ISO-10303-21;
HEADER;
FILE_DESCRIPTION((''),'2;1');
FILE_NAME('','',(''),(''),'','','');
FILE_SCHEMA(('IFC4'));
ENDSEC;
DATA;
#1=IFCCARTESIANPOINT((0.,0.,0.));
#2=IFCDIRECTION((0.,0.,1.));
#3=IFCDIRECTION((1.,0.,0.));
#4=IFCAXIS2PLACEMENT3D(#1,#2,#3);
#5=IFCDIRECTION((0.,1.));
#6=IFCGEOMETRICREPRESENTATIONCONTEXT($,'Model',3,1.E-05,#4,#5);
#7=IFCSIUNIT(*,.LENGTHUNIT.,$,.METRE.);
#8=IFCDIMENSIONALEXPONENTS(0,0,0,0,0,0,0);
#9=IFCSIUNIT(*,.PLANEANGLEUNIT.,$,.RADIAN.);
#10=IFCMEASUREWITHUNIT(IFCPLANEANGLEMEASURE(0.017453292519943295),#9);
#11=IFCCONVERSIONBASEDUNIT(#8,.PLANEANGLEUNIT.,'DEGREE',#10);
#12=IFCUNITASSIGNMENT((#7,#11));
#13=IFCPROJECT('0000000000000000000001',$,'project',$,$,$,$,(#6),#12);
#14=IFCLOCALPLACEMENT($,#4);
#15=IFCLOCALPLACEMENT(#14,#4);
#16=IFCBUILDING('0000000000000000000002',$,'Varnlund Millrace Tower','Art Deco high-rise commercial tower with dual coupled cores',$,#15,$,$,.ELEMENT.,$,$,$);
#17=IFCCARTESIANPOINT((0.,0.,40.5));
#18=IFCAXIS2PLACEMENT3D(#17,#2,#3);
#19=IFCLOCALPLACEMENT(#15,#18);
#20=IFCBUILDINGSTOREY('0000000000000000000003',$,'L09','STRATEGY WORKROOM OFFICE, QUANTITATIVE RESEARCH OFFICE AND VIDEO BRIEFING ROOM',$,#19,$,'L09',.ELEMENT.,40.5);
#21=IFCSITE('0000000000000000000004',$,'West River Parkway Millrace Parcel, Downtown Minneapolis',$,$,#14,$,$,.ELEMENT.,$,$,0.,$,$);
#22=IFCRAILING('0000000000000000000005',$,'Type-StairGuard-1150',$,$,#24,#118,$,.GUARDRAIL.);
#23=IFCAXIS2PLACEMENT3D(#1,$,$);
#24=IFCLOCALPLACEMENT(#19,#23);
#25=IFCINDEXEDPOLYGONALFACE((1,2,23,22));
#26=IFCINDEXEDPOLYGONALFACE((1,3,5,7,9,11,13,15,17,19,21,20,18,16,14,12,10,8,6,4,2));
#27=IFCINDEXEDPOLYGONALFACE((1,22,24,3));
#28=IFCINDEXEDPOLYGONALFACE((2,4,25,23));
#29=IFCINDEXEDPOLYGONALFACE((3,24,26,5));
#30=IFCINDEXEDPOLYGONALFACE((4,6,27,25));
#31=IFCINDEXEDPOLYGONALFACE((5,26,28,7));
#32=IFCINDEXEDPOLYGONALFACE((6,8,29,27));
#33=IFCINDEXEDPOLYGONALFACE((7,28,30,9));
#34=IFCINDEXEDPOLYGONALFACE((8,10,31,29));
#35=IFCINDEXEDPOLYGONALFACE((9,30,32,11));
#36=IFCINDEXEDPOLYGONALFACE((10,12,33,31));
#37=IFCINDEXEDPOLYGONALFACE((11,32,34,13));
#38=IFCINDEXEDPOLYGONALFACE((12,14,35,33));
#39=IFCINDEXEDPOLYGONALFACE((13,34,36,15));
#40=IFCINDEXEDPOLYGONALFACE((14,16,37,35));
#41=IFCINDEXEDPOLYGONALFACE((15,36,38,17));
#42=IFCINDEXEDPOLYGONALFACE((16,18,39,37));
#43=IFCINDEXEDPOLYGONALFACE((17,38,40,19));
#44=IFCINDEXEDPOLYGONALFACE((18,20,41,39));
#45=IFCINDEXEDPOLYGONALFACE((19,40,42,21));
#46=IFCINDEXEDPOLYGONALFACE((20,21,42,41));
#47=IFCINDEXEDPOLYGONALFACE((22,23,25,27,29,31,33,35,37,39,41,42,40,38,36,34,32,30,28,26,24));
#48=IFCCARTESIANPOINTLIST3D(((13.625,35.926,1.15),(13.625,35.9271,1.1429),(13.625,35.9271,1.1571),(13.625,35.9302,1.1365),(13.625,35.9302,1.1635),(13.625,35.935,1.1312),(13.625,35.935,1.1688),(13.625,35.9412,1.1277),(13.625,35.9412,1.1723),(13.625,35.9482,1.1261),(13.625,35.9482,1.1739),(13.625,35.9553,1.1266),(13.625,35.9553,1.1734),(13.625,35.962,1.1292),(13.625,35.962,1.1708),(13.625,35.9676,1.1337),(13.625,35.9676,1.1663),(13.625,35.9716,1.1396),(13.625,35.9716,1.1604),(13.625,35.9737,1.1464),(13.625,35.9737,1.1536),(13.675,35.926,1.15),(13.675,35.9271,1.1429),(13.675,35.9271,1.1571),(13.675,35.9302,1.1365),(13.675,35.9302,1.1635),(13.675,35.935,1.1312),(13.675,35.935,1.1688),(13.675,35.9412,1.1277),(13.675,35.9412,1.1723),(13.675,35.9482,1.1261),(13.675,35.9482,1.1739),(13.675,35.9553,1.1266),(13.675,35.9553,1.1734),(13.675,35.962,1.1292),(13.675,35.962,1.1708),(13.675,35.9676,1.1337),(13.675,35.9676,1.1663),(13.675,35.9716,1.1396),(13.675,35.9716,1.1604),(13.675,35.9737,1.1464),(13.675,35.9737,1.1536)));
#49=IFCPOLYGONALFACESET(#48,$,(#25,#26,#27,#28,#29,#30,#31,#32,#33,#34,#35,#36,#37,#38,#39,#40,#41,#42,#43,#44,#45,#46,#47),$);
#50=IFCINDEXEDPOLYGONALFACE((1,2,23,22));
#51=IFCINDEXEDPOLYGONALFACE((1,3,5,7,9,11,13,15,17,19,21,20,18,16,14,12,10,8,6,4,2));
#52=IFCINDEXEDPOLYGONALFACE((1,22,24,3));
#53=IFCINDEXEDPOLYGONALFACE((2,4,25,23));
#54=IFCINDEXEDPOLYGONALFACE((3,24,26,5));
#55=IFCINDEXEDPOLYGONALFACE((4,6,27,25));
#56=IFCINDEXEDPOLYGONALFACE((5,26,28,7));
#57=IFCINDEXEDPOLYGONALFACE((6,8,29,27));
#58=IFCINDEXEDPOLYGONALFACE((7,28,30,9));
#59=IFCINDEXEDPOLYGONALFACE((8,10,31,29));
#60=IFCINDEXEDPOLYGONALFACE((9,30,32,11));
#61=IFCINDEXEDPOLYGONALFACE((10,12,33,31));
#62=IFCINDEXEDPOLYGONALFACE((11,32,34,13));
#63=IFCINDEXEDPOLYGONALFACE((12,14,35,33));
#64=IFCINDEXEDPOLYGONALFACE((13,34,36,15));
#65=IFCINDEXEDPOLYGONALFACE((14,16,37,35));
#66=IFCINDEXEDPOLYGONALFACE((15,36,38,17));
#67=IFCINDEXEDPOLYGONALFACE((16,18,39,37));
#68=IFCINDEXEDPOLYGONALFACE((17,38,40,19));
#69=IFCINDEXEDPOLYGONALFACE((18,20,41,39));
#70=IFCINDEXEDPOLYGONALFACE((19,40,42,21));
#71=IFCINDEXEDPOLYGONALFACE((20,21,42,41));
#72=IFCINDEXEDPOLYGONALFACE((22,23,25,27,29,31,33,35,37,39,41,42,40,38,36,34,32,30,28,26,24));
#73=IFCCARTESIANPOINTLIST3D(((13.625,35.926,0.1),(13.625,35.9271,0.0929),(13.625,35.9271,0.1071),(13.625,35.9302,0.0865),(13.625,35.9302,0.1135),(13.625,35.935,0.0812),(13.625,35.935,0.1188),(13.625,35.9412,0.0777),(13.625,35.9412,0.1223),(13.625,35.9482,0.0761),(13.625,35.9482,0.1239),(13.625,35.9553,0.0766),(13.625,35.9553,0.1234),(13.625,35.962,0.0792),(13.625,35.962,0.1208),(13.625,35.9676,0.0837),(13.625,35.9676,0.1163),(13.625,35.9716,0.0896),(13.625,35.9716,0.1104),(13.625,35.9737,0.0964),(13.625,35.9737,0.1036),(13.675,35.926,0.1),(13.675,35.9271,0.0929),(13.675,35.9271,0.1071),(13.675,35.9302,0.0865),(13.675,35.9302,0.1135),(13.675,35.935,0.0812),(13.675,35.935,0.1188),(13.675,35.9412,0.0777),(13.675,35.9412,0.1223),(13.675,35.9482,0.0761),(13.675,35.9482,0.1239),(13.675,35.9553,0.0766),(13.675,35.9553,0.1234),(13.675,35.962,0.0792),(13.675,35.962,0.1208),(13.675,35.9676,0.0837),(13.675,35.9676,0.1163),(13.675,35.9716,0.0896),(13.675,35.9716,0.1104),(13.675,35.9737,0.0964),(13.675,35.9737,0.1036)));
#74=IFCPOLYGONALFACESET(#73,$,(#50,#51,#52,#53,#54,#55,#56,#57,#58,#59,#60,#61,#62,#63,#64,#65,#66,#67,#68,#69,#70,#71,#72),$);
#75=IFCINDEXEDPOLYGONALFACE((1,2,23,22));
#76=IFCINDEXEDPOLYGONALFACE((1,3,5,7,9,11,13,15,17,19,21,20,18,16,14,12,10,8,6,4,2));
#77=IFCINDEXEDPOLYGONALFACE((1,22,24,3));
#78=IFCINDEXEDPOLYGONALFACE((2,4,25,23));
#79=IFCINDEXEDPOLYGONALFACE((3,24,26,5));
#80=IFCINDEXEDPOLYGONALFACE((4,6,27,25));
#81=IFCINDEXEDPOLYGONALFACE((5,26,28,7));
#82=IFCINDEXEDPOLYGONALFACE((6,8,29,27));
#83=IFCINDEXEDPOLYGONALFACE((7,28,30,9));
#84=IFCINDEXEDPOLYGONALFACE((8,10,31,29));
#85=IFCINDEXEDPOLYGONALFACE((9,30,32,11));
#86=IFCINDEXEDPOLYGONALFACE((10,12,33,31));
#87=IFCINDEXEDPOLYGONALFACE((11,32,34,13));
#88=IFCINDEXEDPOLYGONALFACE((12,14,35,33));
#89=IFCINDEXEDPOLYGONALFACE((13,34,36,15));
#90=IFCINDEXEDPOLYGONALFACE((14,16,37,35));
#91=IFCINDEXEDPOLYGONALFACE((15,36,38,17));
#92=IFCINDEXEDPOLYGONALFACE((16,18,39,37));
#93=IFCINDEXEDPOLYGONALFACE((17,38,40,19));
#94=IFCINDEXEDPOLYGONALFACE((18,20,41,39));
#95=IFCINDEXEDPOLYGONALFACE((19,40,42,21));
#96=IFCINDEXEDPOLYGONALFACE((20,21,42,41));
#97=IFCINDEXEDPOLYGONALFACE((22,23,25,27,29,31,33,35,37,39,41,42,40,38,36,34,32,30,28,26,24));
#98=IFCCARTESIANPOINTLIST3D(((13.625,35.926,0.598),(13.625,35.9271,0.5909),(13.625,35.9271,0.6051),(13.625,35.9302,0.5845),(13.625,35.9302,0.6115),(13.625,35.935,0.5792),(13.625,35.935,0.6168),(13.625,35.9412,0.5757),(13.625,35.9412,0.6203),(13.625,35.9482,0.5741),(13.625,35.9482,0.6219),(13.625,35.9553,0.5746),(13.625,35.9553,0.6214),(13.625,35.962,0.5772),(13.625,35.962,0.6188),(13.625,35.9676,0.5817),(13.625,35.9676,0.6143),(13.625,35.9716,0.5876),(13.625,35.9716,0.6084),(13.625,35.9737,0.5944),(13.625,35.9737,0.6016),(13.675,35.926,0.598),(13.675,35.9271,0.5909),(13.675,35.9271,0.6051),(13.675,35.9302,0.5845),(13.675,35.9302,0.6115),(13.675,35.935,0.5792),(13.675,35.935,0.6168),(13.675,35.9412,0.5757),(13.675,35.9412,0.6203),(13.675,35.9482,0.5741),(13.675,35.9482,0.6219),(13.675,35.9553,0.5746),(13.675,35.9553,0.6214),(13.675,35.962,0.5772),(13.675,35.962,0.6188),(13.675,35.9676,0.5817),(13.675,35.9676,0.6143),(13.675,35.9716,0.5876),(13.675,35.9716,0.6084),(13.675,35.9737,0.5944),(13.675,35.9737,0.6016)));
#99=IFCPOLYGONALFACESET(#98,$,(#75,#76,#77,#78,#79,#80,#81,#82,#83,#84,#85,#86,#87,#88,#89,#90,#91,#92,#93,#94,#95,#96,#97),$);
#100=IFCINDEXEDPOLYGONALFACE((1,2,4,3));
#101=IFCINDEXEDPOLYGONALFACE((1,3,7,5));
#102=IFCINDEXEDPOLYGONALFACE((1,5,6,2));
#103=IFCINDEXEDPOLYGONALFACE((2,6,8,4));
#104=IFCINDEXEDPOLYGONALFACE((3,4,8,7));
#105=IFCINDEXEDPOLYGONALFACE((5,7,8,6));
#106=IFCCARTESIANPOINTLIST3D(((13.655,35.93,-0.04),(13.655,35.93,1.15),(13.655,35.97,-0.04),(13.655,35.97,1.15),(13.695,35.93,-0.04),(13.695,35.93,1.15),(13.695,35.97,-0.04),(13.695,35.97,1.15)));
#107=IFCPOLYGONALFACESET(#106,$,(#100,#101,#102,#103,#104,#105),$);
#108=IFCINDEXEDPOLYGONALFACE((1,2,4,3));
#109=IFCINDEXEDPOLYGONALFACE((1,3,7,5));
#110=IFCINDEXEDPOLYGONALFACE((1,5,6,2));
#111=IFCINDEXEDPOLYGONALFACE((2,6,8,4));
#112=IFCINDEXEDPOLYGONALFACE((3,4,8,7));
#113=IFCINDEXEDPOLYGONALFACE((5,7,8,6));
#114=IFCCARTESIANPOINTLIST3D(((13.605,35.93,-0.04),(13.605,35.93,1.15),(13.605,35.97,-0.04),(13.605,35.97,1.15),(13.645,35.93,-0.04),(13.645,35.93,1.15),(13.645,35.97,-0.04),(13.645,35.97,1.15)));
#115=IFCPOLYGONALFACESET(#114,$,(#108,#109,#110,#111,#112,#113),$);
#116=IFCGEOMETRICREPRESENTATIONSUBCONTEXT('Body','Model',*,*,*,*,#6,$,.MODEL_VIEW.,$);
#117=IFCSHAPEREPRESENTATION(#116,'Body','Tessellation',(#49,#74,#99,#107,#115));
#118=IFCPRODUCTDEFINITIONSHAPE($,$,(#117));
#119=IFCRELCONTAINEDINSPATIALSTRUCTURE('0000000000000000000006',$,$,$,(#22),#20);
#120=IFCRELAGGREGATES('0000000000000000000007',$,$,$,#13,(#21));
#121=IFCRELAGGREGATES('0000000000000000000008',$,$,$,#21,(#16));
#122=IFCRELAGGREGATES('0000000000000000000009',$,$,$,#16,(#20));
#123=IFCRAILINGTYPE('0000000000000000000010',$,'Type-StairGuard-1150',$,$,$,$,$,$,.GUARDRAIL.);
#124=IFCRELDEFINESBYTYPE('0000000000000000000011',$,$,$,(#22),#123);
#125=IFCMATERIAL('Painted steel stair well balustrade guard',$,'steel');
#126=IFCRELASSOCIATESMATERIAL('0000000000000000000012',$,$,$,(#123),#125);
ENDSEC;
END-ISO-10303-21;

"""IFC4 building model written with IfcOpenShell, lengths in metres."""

from ifc_helpers import new_model, entity, si_unit, converted_unit, direction, frame, origin_with_axes, origin_2d_with_axis, place, context, subcontext, project, spatial, rectangle, circle, extrude, material, type_object, element, save


model = new_model("IFC4")

# Units and contexts
model_context = context("Model", 3, precision=1e-05, world=origin_with_axes(), true_north=direction((0.0, 1.0)))
body_context = subcontext(model_context, "Body", "Model", "MODEL_VIEW")
ifc_project = project(units=[si_unit("LENGTHUNIT", "METRE"), converted_unit("PLANEANGLEUNIT", "DEGREE", entity("IfcPlaneAngleMeasure", 0.017453292519943295), si_unit("PLANEANGLEUNIT", "RADIAN"), dimensions=[0, 0, 0, 0, 0, 0, 0])], contexts=[model_context])

# Site, building, storey
site_placement = place(None, origin_with_axes())
site = spatial("IfcSite", under=ifc_project, at=site_placement, Name="West River Parkway Millrace Parcel, Downtown Minneapolis", CompositionType="ELEMENT", RefElevation=0.0)
building_placement = place(site_placement, origin_with_axes())
building = spatial("IfcBuilding", under=site, at=building_placement, Name="Varnlund Millrace Tower", Description="Art Deco high-rise commercial tower with dual coupled cores", CompositionType="ELEMENT")
storey_placement = place(building_placement, frame((0.0, 0.0, 40.5), z_axis=(0.0, 0.0, 1.0), x_axis=(1.0, 0.0, 0.0)))
storey = spatial("IfcBuildingStorey", under=building, at=storey_placement, Name="L09", Description="STRATEGY WORKROOM OFFICE, QUANTITATIVE RESEARCH OFFICE AND VIDEO BRIEFING ROOM", LongName="L09", CompositionType="ELEMENT", Elevation=40.5)

# Railing
ifc_material_1 = material(Name="Painted steel stair well balustrade guard", Category="steel")
railing_type_1 = type_object("IfcRailingType", Name="Type-StairGuard-1150", PredefinedType="GUARDRAIL", material=ifc_material_1)
railing_1_placement = place(storey_placement, frame((0.0, 0.0, -40.5), z_axis=(0.0, 0.0, 1.0), x_axis=(1.0, 0.0, 0.0)))
element("IfcRailing", 1, at=railing_1_placement, inside=storey, type_object=railing_type_1, Name="Type-StairGuard-1150", PredefinedType="GUARDRAIL", context=body_context, shape_type="SweptSolid", body=[
    extrude(circle(Radius=0.024, at=origin_2d_with_axis()), frame((13.675, 35.95, 41.65), z_axis=(-1.0, 0.0, 0.0), x_axis=(0.0, -1.0, 0.0)), (0.0, 0.0, 1.0), 0.05),
    extrude(circle(Radius=0.024, at=origin_2d_with_axis()), frame((13.675, 35.95, 40.6), z_axis=(-1.0, 0.0, 0.0), x_axis=(0.0, -1.0, 0.0)), (0.0, 0.0, 1.0), 0.05),
    extrude(circle(Radius=0.024, at=origin_2d_with_axis()), frame((13.675, 35.95, 41.098), z_axis=(-1.0, 0.0, 0.0), x_axis=(0.0, -1.0, 0.0)), (0.0, 0.0, 1.0), 0.05),
    extrude(rectangle(XDim=0.04, YDim=0.04, at=origin_2d_with_axis()), frame((13.675, 35.95, 40.46), z_axis=(0.0, 0.0, 1.0), x_axis=(1.0, 0.0, 0.0)), (0.0, 0.0, 1.0), 1.19),
    extrude(rectangle(XDim=0.04, YDim=0.04, at=origin_2d_with_axis()), frame((13.625, 35.95, 40.46), z_axis=(0.0, 0.0, 1.0), x_axis=(1.0, 0.0, 0.0)), (0.0, 0.0, 1.0), 1.19),
])

save(model, "model.ifc")
